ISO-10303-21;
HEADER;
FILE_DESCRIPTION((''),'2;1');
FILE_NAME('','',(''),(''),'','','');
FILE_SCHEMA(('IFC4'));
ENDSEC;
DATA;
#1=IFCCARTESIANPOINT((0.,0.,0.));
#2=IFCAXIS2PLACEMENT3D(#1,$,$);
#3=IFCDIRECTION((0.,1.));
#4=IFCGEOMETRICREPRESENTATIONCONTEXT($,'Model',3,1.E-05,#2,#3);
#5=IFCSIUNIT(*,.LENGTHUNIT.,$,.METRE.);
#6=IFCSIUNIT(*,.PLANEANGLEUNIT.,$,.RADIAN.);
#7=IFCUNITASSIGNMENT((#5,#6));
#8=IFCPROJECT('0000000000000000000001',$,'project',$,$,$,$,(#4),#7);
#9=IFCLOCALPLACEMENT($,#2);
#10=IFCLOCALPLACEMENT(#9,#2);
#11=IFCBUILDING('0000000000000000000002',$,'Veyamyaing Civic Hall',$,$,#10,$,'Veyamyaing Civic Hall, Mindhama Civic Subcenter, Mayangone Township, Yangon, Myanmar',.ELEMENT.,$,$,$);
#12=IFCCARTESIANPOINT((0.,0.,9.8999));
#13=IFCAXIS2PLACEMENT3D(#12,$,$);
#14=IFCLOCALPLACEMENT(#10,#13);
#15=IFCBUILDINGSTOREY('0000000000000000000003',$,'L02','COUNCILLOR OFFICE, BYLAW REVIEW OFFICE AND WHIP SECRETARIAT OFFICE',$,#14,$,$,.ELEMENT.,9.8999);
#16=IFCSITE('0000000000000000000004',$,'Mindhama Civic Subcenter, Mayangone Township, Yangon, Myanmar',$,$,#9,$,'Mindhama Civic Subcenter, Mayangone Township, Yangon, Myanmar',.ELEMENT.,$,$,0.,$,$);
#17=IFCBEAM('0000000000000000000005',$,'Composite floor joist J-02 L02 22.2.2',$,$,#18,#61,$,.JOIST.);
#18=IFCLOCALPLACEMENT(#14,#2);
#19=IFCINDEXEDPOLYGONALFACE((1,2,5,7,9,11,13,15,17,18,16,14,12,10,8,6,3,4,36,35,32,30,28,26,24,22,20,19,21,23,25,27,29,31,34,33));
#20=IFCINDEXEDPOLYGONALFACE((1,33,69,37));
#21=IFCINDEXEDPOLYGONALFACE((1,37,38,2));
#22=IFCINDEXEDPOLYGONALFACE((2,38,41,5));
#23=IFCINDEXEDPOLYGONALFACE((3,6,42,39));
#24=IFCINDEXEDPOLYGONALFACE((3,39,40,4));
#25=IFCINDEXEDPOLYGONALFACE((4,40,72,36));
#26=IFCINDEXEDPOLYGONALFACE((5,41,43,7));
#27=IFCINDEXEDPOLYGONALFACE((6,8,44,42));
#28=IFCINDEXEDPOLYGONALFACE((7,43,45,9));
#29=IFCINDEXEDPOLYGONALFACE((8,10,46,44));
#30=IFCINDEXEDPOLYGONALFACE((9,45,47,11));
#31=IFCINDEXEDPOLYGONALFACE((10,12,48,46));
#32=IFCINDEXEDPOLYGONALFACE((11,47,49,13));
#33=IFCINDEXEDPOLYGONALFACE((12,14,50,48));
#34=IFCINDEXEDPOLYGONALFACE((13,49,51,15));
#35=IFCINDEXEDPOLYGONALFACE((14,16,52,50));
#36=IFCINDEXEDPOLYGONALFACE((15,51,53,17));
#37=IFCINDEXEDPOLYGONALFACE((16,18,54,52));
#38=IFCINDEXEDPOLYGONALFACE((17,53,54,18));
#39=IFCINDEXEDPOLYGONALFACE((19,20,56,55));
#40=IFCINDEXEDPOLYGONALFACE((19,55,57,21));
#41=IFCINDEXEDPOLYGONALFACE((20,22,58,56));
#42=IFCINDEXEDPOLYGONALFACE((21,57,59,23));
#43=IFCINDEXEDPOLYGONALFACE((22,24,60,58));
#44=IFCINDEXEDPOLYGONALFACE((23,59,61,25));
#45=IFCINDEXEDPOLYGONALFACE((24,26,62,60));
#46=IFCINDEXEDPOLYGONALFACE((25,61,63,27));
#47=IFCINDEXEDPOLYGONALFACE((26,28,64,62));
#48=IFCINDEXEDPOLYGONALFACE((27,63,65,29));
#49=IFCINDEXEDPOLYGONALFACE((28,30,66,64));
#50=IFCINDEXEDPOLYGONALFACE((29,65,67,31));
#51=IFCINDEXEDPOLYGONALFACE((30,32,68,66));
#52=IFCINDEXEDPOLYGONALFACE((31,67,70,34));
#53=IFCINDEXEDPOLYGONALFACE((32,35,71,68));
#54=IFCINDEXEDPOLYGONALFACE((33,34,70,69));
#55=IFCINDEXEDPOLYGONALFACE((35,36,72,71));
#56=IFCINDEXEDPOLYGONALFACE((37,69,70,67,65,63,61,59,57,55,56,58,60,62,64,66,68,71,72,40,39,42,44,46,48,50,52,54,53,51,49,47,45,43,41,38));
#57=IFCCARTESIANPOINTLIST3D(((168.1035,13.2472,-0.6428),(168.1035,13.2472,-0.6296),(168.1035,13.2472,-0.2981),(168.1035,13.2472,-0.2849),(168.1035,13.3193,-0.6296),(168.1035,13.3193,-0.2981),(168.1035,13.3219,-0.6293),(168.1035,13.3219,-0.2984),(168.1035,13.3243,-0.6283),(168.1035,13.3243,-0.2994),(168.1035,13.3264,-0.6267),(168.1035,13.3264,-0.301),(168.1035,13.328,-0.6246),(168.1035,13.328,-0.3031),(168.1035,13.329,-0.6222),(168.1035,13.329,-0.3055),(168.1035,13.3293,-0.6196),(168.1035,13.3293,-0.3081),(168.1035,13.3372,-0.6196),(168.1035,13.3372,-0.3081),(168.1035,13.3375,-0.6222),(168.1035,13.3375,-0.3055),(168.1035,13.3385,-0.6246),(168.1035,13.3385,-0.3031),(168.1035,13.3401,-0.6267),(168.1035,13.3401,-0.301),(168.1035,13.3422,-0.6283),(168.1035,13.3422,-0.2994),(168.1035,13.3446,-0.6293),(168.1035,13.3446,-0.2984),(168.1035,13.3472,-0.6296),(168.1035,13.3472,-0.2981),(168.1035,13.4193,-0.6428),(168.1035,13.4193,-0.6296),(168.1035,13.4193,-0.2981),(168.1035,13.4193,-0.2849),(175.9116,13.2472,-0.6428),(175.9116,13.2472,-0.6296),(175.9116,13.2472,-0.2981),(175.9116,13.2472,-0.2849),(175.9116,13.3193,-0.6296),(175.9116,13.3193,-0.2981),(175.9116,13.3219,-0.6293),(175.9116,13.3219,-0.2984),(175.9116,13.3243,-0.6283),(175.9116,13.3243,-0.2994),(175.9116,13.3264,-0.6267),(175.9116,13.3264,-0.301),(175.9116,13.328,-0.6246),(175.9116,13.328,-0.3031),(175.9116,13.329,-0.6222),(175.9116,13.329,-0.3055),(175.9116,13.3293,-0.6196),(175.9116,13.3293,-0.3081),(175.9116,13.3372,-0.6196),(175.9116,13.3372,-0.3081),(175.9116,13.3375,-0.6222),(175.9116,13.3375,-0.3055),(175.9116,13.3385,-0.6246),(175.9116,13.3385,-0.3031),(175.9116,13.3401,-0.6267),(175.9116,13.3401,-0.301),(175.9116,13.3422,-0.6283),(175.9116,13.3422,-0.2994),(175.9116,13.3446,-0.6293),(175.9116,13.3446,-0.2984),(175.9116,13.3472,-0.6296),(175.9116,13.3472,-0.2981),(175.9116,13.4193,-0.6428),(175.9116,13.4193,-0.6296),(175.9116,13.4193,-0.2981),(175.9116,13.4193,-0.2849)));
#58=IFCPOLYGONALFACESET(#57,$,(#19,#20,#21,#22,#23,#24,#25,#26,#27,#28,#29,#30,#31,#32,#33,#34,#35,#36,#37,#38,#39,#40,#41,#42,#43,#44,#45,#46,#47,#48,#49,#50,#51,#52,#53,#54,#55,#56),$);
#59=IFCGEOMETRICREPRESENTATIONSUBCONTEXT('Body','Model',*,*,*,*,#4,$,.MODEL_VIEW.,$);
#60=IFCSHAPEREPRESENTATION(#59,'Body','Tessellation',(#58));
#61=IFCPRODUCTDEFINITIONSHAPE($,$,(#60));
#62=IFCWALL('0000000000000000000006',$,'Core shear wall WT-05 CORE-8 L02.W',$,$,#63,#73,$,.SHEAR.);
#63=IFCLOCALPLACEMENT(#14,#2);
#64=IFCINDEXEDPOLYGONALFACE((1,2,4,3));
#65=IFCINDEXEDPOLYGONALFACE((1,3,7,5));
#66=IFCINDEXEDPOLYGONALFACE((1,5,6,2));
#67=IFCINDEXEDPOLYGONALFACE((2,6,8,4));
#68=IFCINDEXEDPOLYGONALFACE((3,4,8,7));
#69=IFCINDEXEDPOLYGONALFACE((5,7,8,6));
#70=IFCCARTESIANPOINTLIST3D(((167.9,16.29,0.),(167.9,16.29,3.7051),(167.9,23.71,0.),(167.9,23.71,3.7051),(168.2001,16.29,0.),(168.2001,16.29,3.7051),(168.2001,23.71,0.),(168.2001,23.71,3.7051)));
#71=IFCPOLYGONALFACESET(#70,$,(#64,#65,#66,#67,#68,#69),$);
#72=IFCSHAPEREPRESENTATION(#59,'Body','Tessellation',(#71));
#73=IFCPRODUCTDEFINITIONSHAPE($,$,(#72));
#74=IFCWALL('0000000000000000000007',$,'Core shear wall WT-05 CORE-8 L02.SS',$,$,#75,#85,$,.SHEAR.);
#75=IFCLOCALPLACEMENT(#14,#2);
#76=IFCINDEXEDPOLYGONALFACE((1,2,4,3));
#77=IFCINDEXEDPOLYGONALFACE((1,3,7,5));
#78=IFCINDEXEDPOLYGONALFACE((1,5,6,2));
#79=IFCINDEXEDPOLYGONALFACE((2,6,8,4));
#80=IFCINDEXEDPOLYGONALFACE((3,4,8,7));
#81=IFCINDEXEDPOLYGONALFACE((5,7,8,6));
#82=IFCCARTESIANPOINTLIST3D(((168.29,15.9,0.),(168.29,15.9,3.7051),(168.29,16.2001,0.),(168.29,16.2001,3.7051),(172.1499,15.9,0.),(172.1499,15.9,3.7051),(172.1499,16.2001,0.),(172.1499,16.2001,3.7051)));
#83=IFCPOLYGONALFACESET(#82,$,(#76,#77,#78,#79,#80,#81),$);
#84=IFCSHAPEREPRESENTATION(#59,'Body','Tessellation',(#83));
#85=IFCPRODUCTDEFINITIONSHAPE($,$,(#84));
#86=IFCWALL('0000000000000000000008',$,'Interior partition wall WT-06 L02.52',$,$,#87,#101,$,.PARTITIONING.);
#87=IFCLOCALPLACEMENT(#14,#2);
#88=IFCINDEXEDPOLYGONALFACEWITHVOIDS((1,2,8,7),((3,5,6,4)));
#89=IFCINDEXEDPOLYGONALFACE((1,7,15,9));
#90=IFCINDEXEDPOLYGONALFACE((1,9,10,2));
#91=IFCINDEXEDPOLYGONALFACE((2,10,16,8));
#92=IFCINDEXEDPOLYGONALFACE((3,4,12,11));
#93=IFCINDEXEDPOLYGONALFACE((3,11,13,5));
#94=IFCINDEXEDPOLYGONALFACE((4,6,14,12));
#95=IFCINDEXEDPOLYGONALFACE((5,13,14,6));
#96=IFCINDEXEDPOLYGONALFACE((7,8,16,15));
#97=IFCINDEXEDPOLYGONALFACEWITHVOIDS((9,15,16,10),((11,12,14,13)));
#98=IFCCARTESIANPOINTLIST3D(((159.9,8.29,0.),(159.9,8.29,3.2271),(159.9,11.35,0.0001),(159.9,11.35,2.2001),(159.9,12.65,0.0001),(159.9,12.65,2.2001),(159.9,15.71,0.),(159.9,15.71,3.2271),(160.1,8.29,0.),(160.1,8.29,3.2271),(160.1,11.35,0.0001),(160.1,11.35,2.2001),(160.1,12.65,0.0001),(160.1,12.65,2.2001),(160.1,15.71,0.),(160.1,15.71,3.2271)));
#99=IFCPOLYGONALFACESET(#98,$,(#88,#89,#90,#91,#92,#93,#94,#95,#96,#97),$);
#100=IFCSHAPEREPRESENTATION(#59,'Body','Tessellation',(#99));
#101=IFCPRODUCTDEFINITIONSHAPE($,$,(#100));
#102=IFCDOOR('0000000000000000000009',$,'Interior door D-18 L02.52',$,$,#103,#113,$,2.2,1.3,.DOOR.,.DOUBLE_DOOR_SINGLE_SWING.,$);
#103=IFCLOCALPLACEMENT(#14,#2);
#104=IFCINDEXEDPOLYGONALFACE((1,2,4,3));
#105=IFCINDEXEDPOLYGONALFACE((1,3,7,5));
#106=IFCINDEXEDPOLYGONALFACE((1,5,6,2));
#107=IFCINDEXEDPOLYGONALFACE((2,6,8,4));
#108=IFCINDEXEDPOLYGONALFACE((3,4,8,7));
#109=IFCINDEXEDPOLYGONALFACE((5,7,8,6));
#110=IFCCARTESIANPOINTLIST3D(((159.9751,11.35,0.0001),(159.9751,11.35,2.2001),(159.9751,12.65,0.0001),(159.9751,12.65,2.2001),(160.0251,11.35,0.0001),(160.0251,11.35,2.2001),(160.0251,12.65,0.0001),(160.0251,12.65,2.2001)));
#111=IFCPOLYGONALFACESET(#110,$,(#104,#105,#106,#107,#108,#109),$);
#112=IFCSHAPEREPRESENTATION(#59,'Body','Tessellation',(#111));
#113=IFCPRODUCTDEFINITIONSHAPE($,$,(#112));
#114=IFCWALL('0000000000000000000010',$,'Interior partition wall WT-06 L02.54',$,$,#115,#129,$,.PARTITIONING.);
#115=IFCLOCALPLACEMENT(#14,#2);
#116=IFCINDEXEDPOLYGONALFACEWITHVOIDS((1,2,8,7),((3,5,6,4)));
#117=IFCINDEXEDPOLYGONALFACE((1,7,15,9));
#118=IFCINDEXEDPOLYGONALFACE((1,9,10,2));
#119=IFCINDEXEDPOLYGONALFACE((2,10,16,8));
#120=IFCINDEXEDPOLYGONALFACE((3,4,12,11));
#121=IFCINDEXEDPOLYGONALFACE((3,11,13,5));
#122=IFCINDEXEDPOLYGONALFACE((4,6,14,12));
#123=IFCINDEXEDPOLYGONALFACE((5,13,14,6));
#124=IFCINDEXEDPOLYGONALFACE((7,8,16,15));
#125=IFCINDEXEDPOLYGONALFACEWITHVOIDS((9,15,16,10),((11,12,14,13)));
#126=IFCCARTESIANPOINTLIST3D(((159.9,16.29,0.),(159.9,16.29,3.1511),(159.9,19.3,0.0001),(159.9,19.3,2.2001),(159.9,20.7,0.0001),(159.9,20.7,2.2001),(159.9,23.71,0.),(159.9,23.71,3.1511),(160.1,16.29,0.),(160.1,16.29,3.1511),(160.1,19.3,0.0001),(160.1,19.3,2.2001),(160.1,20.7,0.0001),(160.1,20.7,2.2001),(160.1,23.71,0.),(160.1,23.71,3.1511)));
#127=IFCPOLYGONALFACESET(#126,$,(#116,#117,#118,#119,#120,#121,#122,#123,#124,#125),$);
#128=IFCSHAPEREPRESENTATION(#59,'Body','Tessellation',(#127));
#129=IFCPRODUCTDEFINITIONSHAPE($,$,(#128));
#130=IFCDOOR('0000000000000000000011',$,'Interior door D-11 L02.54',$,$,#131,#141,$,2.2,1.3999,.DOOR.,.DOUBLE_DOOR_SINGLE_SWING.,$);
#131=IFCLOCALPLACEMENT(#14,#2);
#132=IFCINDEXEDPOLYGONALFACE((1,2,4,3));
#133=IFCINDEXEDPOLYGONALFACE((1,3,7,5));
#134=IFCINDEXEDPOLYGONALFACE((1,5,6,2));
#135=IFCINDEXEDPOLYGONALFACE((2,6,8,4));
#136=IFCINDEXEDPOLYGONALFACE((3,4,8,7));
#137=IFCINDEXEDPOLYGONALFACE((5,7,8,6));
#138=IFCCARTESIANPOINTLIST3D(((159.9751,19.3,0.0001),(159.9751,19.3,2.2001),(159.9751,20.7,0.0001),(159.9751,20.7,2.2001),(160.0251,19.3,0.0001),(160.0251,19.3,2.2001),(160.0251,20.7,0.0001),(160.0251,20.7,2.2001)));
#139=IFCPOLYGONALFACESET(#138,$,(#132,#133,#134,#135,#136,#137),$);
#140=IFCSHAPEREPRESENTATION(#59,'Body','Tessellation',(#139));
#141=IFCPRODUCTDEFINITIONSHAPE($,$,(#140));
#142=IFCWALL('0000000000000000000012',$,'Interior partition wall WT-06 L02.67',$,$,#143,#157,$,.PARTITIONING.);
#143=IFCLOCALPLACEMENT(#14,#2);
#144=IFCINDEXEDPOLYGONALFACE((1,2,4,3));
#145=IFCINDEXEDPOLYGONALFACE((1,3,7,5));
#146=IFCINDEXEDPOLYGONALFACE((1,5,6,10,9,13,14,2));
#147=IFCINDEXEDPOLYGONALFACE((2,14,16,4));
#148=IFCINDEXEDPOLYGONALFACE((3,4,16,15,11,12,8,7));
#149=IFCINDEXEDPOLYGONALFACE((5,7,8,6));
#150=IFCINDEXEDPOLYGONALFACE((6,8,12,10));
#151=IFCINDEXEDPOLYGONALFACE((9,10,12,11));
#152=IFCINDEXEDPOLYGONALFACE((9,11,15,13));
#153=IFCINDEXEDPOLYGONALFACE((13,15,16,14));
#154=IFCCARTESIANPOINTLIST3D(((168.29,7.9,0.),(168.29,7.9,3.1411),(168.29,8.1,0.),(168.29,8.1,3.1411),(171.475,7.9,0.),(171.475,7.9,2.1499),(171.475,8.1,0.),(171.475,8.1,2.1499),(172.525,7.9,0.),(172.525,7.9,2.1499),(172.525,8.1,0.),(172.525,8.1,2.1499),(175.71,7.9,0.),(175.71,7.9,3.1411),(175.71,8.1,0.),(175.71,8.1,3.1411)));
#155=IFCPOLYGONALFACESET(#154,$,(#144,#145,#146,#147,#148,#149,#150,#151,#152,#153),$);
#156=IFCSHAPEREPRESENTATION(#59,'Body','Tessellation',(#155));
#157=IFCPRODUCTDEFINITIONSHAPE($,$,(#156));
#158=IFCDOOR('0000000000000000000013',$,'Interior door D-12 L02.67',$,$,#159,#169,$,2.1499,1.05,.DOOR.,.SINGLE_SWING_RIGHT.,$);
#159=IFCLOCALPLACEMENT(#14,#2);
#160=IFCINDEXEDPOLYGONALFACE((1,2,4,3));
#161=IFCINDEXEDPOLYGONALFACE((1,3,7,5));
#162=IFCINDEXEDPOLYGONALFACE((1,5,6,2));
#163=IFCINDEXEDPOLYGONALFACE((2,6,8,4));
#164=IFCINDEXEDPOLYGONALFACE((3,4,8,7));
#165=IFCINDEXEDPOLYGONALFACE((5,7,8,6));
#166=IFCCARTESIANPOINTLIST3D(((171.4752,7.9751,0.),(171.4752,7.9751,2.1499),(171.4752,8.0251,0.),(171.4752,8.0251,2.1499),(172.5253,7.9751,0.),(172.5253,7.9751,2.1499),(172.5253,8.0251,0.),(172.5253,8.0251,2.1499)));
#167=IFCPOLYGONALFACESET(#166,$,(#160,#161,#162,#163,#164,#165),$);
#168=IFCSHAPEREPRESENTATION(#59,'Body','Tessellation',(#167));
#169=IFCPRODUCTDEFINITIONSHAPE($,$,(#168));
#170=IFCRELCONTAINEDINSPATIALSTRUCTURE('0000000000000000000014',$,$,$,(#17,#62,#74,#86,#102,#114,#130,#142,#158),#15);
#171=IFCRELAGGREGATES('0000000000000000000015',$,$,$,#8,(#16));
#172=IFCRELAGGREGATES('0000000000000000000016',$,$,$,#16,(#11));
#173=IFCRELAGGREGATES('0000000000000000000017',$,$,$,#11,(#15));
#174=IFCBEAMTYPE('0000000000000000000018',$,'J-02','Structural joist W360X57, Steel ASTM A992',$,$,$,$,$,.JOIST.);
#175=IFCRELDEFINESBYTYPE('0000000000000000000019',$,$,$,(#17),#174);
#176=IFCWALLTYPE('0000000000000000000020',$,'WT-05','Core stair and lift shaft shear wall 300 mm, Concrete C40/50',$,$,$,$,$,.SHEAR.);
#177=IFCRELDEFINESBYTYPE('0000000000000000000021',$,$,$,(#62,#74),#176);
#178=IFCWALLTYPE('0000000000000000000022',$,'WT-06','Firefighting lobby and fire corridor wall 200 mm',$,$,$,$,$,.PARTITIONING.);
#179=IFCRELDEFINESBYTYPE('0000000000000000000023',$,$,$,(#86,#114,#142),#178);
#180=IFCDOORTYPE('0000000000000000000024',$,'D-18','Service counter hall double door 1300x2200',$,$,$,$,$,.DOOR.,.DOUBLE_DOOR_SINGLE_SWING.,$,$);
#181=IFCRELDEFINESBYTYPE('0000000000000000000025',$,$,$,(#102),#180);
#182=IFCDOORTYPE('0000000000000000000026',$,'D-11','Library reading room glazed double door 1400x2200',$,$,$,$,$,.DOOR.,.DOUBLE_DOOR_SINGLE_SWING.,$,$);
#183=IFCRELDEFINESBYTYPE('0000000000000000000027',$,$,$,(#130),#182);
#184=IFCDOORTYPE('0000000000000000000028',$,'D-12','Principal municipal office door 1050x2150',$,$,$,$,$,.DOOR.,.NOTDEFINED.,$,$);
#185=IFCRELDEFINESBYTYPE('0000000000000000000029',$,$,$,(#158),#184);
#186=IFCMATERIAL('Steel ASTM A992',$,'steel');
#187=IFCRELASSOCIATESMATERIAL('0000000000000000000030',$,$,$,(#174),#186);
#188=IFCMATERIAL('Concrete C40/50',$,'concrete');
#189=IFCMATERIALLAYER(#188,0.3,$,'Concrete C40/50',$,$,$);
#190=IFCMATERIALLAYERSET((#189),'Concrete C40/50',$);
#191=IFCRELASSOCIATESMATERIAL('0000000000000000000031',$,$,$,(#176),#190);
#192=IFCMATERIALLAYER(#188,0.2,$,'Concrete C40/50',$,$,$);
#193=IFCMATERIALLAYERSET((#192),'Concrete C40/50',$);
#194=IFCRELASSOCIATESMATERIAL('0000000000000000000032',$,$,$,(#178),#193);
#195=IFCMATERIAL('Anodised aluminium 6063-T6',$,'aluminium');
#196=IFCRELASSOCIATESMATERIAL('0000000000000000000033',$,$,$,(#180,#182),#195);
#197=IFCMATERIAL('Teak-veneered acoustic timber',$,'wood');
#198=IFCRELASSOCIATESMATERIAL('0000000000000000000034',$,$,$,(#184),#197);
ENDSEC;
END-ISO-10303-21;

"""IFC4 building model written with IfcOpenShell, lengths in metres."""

from ifc_helpers import new_model, si_unit, direction, frame, frame_2d, origin, origin_2d, place, context, subcontext, project, spatial, rectangle, i_section, extrude, material, layer, layer_set, material_profile, profile_set, type_object, element, fill, save


model = new_model("IFC4")

# Units and contexts
model_context = context("Model", 3, precision=1e-05, world=origin(), true_north=direction((0.0, 1.0)))
body_context = subcontext(model_context, "Body", "Model", "MODEL_VIEW")
ifc_project = project(units=[si_unit("LENGTHUNIT", "METRE"), si_unit("PLANEANGLEUNIT", "RADIAN")], contexts=[model_context])

# Site, building, storey
site_placement = place(None, origin())
site = spatial("IfcSite", under=ifc_project, at=site_placement, Name="Mindhama Civic Subcenter, Mayangone Township, Yangon, Myanmar", LongName="Mindhama Civic Subcenter, Mayangone Township, Yangon, Myanmar", CompositionType="ELEMENT", RefElevation=0.0)
building_placement = place(site_placement, origin())
building = spatial("IfcBuilding", under=site, at=building_placement, Name="Veyamyaing Civic Hall", LongName="Veyamyaing Civic Hall, Mindhama Civic Subcenter, Mayangone Township, Yangon, Myanmar", CompositionType="ELEMENT")
storey_placement = place(building_placement, frame((0.0, 0.0, 9.8999)))
storey = spatial("IfcBuildingStorey", under=building, at=storey_placement, Name="L02", Description="COUNCILLOR OFFICE, BYLAW REVIEW OFFICE AND WHIP SECRETARIAT OFFICE", CompositionType="ELEMENT", Elevation=9.8999)

# Beam
ifc_material_1 = material(Name="Steel ASTM A992", Category="steel")
ifc_material_profile_1 = material_profile(ifc_material_1, i_section(OverallWidth=0.1721, OverallDepth=0.3579, WebThickness=0.0078, FlangeThickness=0.0132, FilletRadius=0.01, at=origin_2d()), Name="W360X57")
ifc_profile_set_1 = profile_set([ifc_material_profile_1], Name="Steel ASTM A992")
beam_type_1 = type_object("IfcBeamType", Name="J-02", Description="Structural joist W360X57, Steel ASTM A992", PredefinedType="JOIST", material=ifc_profile_set_1)
for number, where, z_axis, x_axis, name in (
    (1, (168.1035, 13.3333, -0.4639), (1.0, 0.0, 0.0), (0.0, 1.0, 0.0), "Composite floor joist J-02 L02 22.2.2"),
):
    element("IfcBeam", number, at=place(storey_placement, frame(where, z_axis=z_axis, x_axis=x_axis)), inside=storey, type_object=beam_type_1, Name=name, PredefinedType="JOIST", context=body_context, shape_type="SweptSolid", body=[
        extrude(i_section(OverallWidth=0.1721, OverallDepth=0.3579, WebThickness=0.0078, FlangeThickness=0.0132, FilletRadius=0.01, at=origin_2d()), origin(), (0.0, 0.0, 1.0), 7.8081),
    ])

# Walls
ifc_material_2 = material(Name="Concrete C40/50", Category="concrete")
ifc_layer_1 = layer(ifc_material_2, 0.3, Name="Concrete C40/50")
ifc_layer_set_1 = layer_set([ifc_layer_1], Name="Concrete C40/50")
wall_type_1 = type_object("IfcWallType", Name="WT-05", Description="Core stair and lift shaft shear wall 300 mm, Concrete C40/50", PredefinedType="SHEAR", material=ifc_layer_set_1)
wall_1_placement = place(storey_placement, frame((168.05, 16.29, 0.0), z_axis=(0.0, 0.0, 1.0), x_axis=(0.0, 1.0, 0.0)))
element("IfcWall", 2, at=wall_1_placement, inside=storey, type_object=wall_type_1, Name="Core shear wall WT-05 CORE-8 L02.W", PredefinedType="SHEAR", context=body_context, shape_type="SweptSolid", body=[
    extrude(rectangle(XDim=7.4199, YDim=0.3, at=frame_2d((3.71, 0.0))), origin(), (0.0, 0.0, 1.0), 3.7051),
])
wall_2_placement = place(storey_placement, frame((168.29, 16.05, 0.0), z_axis=(0.0, 0.0, 1.0), x_axis=(1.0, 0.0, 0.0)))
element("IfcWall", 3, at=wall_2_placement, inside=storey, type_object=wall_type_1, Name="Core shear wall WT-05 CORE-8 L02.SS", PredefinedType="SHEAR", context=body_context, shape_type="SweptSolid", body=[
    extrude(rectangle(XDim=3.8599, YDim=0.3, at=frame_2d((1.9299, 0.0))), origin(), (0.0, 0.0, 1.0), 3.7051),
])

# Walls, openings, doors
ifc_layer_2 = layer(ifc_material_2, 0.2, Name="Concrete C40/50")
ifc_layer_set_2 = layer_set([ifc_layer_2], Name="Concrete C40/50")
wall_type_2 = type_object("IfcWallType", Name="WT-06", Description="Firefighting lobby and fire corridor wall 200 mm", PredefinedType="PARTITIONING", material=ifc_layer_set_2)
wall_3_placement = place(storey_placement, frame((160.0, 8.29, 0.0), z_axis=(0.0, 0.0, 1.0), x_axis=(0.0, 1.0, 0.0)))
wall_3 = element("IfcWall", 4, at=wall_3_placement, inside=storey, type_object=wall_type_2, Name="Interior partition wall WT-06 L02.52", PredefinedType="PARTITIONING", context=body_context, shape_type="SweptSolid", body=[
    extrude(rectangle(XDim=7.4199, YDim=0.2, at=frame_2d((3.71, 0.0))), origin(), (0.0, 0.0, 1.0), 3.2271),
])
opening_1_placement = place(wall_3_placement, frame((3.0601, 0.0, 0.0)))
opening_1 = element("IfcOpeningElement", 5, at=opening_1_placement, cuts=wall_3, PredefinedType="OPENING", context=body_context, shape_type="SweptSolid", body=[
    extrude(rectangle(XDim=1.3, YDim=2.2, at=frame_2d((0.6499, 1.1001))), frame((0.0, 0.1099, 0.0), z_axis=(0.0, -1.0, 0.0), x_axis=(1.0, 0.0, 0.0)), (0.0, 0.0, 1.0), 0.22),
])
ifc_material_3 = material(Name="Anodised aluminium 6063-T6", Category="aluminium")
door_type_1 = type_object("IfcDoorType", Name="D-18", Description="Service counter hall double door 1300x2200", OperationType="DOUBLE_DOOR_SINGLE_SWING", PredefinedType="DOOR", material=ifc_material_3)
door_1_placement = place(opening_1_placement, origin())
door_1 = element("IfcDoor", 6, at=door_1_placement, inside=storey, type_object=door_type_1, Name="Interior door D-18 L02.52", OperationType="DOUBLE_DOOR_SINGLE_SWING", OverallHeight=2.2, OverallWidth=1.3, PredefinedType="DOOR", context=body_context, shape_type="SweptSolid", body=[
    extrude(rectangle(XDim=1.3, YDim=2.2, at=frame_2d((0.6499, 1.1001))), frame((0.0, 0.0249, 0.0), z_axis=(0.0, -1.0, 0.0), x_axis=(1.0, 0.0, 0.0)), (0.0, 0.0, 1.0), 0.05),
])
fill(opening_1, door_1)
wall_4_placement = place(storey_placement, frame((160.0, 16.29, 0.0), z_axis=(0.0, 0.0, 1.0), x_axis=(0.0, 1.0, 0.0)))
wall_4 = element("IfcWall", 7, at=wall_4_placement, inside=storey, type_object=wall_type_2, Name="Interior partition wall WT-06 L02.54", PredefinedType="PARTITIONING", context=body_context, shape_type="SweptSolid", body=[
    extrude(rectangle(XDim=7.4199, YDim=0.2, at=frame_2d((3.71, 0.0))), origin(), (0.0, 0.0, 1.0), 3.1511),
])
opening_2_placement = place(wall_4_placement, frame((3.01, 0.0, 0.0)))
opening_2 = element("IfcOpeningElement", 8, at=opening_2_placement, cuts=wall_4, PredefinedType="OPENING", context=body_context, shape_type="SweptSolid", body=[
    extrude(rectangle(XDim=1.3999, YDim=2.2, at=frame_2d((0.7, 1.1001))), frame((0.0, 0.1099, 0.0), z_axis=(0.0, -1.0, 0.0), x_axis=(1.0, 0.0, 0.0)), (0.0, 0.0, 1.0), 0.22),
])
door_type_2 = type_object("IfcDoorType", Name="D-11", Description="Library reading room glazed double door 1400x2200", OperationType="DOUBLE_DOOR_SINGLE_SWING", PredefinedType="DOOR", material=ifc_material_3)
door_2_placement = place(opening_2_placement, origin())
door_2 = element("IfcDoor", 9, at=door_2_placement, inside=storey, type_object=door_type_2, Name="Interior door D-11 L02.54", OperationType="DOUBLE_DOOR_SINGLE_SWING", OverallHeight=2.2, OverallWidth=1.3999, PredefinedType="DOOR", context=body_context, shape_type="SweptSolid", body=[
    extrude(rectangle(XDim=1.3999, YDim=2.2, at=frame_2d((0.7, 1.1001))), frame((0.0, 0.0249, 0.0), z_axis=(0.0, -1.0, 0.0), x_axis=(1.0, 0.0, 0.0)), (0.0, 0.0, 1.0), 0.05),
])
fill(opening_2, door_2)
wall_5_placement = place(storey_placement, frame((168.29, 8.0, 0.0), z_axis=(0.0, 0.0, 1.0), x_axis=(1.0, 0.0, 0.0)))
wall_5 = element("IfcWall", 10, at=wall_5_placement, inside=storey, type_object=wall_type_2, Name="Interior partition wall WT-06 L02.67", PredefinedType="PARTITIONING", context=body_context, shape_type="SweptSolid", body=[
    extrude(rectangle(XDim=7.4199, YDim=0.2, at=frame_2d((3.71, 0.0))), origin(), (0.0, 0.0, 1.0), 3.1411),
])
opening_3_placement = place(wall_5_placement, frame((3.1851, 0.0, 0.0)))
opening_3 = element("IfcOpeningElement", 11, at=opening_3_placement, cuts=wall_5, PredefinedType="OPENING", context=body_context, shape_type="SweptSolid", body=[
    extrude(rectangle(XDim=1.05, YDim=2.1499, at=frame_2d((0.5249, 1.075))), frame((0.0, 0.1099, 0.0), z_axis=(0.0, -1.0, 0.0), x_axis=(1.0, 0.0, 0.0)), (0.0, 0.0, 1.0), 0.22),
])
ifc_material_4 = material(Name="Teak-veneered acoustic timber", Category="wood")
door_type_3 = type_object("IfcDoorType", Name="D-12", Description="Principal municipal office door 1050x2150", OperationType="NOTDEFINED", PredefinedType="DOOR", material=ifc_material_4)
door_3_placement = place(opening_3_placement, frame((1.05, 0.0, 0.0), z_axis=(0.0, 0.0, 1.0), x_axis=(-1.0, 0.0, 0.0)))
door_3 = element("IfcDoor", 12, at=door_3_placement, inside=storey, type_object=door_type_3, Name="Interior door D-12 L02.67", OperationType="SINGLE_SWING_RIGHT", OverallHeight=2.1499, OverallWidth=1.05, PredefinedType="DOOR", context=body_context, shape_type="SweptSolid", body=[
    extrude(rectangle(XDim=1.05, YDim=2.1499, at=frame_2d((0.5249, 1.075))), frame((0.0, 0.0249, 0.0), z_axis=(0.0, -1.0, 0.0), x_axis=(1.0, 0.0, 0.0)), (0.0, 0.0, 1.0), 0.05),
])
fill(opening_3, door_3)

save(model, "model.ifc")
